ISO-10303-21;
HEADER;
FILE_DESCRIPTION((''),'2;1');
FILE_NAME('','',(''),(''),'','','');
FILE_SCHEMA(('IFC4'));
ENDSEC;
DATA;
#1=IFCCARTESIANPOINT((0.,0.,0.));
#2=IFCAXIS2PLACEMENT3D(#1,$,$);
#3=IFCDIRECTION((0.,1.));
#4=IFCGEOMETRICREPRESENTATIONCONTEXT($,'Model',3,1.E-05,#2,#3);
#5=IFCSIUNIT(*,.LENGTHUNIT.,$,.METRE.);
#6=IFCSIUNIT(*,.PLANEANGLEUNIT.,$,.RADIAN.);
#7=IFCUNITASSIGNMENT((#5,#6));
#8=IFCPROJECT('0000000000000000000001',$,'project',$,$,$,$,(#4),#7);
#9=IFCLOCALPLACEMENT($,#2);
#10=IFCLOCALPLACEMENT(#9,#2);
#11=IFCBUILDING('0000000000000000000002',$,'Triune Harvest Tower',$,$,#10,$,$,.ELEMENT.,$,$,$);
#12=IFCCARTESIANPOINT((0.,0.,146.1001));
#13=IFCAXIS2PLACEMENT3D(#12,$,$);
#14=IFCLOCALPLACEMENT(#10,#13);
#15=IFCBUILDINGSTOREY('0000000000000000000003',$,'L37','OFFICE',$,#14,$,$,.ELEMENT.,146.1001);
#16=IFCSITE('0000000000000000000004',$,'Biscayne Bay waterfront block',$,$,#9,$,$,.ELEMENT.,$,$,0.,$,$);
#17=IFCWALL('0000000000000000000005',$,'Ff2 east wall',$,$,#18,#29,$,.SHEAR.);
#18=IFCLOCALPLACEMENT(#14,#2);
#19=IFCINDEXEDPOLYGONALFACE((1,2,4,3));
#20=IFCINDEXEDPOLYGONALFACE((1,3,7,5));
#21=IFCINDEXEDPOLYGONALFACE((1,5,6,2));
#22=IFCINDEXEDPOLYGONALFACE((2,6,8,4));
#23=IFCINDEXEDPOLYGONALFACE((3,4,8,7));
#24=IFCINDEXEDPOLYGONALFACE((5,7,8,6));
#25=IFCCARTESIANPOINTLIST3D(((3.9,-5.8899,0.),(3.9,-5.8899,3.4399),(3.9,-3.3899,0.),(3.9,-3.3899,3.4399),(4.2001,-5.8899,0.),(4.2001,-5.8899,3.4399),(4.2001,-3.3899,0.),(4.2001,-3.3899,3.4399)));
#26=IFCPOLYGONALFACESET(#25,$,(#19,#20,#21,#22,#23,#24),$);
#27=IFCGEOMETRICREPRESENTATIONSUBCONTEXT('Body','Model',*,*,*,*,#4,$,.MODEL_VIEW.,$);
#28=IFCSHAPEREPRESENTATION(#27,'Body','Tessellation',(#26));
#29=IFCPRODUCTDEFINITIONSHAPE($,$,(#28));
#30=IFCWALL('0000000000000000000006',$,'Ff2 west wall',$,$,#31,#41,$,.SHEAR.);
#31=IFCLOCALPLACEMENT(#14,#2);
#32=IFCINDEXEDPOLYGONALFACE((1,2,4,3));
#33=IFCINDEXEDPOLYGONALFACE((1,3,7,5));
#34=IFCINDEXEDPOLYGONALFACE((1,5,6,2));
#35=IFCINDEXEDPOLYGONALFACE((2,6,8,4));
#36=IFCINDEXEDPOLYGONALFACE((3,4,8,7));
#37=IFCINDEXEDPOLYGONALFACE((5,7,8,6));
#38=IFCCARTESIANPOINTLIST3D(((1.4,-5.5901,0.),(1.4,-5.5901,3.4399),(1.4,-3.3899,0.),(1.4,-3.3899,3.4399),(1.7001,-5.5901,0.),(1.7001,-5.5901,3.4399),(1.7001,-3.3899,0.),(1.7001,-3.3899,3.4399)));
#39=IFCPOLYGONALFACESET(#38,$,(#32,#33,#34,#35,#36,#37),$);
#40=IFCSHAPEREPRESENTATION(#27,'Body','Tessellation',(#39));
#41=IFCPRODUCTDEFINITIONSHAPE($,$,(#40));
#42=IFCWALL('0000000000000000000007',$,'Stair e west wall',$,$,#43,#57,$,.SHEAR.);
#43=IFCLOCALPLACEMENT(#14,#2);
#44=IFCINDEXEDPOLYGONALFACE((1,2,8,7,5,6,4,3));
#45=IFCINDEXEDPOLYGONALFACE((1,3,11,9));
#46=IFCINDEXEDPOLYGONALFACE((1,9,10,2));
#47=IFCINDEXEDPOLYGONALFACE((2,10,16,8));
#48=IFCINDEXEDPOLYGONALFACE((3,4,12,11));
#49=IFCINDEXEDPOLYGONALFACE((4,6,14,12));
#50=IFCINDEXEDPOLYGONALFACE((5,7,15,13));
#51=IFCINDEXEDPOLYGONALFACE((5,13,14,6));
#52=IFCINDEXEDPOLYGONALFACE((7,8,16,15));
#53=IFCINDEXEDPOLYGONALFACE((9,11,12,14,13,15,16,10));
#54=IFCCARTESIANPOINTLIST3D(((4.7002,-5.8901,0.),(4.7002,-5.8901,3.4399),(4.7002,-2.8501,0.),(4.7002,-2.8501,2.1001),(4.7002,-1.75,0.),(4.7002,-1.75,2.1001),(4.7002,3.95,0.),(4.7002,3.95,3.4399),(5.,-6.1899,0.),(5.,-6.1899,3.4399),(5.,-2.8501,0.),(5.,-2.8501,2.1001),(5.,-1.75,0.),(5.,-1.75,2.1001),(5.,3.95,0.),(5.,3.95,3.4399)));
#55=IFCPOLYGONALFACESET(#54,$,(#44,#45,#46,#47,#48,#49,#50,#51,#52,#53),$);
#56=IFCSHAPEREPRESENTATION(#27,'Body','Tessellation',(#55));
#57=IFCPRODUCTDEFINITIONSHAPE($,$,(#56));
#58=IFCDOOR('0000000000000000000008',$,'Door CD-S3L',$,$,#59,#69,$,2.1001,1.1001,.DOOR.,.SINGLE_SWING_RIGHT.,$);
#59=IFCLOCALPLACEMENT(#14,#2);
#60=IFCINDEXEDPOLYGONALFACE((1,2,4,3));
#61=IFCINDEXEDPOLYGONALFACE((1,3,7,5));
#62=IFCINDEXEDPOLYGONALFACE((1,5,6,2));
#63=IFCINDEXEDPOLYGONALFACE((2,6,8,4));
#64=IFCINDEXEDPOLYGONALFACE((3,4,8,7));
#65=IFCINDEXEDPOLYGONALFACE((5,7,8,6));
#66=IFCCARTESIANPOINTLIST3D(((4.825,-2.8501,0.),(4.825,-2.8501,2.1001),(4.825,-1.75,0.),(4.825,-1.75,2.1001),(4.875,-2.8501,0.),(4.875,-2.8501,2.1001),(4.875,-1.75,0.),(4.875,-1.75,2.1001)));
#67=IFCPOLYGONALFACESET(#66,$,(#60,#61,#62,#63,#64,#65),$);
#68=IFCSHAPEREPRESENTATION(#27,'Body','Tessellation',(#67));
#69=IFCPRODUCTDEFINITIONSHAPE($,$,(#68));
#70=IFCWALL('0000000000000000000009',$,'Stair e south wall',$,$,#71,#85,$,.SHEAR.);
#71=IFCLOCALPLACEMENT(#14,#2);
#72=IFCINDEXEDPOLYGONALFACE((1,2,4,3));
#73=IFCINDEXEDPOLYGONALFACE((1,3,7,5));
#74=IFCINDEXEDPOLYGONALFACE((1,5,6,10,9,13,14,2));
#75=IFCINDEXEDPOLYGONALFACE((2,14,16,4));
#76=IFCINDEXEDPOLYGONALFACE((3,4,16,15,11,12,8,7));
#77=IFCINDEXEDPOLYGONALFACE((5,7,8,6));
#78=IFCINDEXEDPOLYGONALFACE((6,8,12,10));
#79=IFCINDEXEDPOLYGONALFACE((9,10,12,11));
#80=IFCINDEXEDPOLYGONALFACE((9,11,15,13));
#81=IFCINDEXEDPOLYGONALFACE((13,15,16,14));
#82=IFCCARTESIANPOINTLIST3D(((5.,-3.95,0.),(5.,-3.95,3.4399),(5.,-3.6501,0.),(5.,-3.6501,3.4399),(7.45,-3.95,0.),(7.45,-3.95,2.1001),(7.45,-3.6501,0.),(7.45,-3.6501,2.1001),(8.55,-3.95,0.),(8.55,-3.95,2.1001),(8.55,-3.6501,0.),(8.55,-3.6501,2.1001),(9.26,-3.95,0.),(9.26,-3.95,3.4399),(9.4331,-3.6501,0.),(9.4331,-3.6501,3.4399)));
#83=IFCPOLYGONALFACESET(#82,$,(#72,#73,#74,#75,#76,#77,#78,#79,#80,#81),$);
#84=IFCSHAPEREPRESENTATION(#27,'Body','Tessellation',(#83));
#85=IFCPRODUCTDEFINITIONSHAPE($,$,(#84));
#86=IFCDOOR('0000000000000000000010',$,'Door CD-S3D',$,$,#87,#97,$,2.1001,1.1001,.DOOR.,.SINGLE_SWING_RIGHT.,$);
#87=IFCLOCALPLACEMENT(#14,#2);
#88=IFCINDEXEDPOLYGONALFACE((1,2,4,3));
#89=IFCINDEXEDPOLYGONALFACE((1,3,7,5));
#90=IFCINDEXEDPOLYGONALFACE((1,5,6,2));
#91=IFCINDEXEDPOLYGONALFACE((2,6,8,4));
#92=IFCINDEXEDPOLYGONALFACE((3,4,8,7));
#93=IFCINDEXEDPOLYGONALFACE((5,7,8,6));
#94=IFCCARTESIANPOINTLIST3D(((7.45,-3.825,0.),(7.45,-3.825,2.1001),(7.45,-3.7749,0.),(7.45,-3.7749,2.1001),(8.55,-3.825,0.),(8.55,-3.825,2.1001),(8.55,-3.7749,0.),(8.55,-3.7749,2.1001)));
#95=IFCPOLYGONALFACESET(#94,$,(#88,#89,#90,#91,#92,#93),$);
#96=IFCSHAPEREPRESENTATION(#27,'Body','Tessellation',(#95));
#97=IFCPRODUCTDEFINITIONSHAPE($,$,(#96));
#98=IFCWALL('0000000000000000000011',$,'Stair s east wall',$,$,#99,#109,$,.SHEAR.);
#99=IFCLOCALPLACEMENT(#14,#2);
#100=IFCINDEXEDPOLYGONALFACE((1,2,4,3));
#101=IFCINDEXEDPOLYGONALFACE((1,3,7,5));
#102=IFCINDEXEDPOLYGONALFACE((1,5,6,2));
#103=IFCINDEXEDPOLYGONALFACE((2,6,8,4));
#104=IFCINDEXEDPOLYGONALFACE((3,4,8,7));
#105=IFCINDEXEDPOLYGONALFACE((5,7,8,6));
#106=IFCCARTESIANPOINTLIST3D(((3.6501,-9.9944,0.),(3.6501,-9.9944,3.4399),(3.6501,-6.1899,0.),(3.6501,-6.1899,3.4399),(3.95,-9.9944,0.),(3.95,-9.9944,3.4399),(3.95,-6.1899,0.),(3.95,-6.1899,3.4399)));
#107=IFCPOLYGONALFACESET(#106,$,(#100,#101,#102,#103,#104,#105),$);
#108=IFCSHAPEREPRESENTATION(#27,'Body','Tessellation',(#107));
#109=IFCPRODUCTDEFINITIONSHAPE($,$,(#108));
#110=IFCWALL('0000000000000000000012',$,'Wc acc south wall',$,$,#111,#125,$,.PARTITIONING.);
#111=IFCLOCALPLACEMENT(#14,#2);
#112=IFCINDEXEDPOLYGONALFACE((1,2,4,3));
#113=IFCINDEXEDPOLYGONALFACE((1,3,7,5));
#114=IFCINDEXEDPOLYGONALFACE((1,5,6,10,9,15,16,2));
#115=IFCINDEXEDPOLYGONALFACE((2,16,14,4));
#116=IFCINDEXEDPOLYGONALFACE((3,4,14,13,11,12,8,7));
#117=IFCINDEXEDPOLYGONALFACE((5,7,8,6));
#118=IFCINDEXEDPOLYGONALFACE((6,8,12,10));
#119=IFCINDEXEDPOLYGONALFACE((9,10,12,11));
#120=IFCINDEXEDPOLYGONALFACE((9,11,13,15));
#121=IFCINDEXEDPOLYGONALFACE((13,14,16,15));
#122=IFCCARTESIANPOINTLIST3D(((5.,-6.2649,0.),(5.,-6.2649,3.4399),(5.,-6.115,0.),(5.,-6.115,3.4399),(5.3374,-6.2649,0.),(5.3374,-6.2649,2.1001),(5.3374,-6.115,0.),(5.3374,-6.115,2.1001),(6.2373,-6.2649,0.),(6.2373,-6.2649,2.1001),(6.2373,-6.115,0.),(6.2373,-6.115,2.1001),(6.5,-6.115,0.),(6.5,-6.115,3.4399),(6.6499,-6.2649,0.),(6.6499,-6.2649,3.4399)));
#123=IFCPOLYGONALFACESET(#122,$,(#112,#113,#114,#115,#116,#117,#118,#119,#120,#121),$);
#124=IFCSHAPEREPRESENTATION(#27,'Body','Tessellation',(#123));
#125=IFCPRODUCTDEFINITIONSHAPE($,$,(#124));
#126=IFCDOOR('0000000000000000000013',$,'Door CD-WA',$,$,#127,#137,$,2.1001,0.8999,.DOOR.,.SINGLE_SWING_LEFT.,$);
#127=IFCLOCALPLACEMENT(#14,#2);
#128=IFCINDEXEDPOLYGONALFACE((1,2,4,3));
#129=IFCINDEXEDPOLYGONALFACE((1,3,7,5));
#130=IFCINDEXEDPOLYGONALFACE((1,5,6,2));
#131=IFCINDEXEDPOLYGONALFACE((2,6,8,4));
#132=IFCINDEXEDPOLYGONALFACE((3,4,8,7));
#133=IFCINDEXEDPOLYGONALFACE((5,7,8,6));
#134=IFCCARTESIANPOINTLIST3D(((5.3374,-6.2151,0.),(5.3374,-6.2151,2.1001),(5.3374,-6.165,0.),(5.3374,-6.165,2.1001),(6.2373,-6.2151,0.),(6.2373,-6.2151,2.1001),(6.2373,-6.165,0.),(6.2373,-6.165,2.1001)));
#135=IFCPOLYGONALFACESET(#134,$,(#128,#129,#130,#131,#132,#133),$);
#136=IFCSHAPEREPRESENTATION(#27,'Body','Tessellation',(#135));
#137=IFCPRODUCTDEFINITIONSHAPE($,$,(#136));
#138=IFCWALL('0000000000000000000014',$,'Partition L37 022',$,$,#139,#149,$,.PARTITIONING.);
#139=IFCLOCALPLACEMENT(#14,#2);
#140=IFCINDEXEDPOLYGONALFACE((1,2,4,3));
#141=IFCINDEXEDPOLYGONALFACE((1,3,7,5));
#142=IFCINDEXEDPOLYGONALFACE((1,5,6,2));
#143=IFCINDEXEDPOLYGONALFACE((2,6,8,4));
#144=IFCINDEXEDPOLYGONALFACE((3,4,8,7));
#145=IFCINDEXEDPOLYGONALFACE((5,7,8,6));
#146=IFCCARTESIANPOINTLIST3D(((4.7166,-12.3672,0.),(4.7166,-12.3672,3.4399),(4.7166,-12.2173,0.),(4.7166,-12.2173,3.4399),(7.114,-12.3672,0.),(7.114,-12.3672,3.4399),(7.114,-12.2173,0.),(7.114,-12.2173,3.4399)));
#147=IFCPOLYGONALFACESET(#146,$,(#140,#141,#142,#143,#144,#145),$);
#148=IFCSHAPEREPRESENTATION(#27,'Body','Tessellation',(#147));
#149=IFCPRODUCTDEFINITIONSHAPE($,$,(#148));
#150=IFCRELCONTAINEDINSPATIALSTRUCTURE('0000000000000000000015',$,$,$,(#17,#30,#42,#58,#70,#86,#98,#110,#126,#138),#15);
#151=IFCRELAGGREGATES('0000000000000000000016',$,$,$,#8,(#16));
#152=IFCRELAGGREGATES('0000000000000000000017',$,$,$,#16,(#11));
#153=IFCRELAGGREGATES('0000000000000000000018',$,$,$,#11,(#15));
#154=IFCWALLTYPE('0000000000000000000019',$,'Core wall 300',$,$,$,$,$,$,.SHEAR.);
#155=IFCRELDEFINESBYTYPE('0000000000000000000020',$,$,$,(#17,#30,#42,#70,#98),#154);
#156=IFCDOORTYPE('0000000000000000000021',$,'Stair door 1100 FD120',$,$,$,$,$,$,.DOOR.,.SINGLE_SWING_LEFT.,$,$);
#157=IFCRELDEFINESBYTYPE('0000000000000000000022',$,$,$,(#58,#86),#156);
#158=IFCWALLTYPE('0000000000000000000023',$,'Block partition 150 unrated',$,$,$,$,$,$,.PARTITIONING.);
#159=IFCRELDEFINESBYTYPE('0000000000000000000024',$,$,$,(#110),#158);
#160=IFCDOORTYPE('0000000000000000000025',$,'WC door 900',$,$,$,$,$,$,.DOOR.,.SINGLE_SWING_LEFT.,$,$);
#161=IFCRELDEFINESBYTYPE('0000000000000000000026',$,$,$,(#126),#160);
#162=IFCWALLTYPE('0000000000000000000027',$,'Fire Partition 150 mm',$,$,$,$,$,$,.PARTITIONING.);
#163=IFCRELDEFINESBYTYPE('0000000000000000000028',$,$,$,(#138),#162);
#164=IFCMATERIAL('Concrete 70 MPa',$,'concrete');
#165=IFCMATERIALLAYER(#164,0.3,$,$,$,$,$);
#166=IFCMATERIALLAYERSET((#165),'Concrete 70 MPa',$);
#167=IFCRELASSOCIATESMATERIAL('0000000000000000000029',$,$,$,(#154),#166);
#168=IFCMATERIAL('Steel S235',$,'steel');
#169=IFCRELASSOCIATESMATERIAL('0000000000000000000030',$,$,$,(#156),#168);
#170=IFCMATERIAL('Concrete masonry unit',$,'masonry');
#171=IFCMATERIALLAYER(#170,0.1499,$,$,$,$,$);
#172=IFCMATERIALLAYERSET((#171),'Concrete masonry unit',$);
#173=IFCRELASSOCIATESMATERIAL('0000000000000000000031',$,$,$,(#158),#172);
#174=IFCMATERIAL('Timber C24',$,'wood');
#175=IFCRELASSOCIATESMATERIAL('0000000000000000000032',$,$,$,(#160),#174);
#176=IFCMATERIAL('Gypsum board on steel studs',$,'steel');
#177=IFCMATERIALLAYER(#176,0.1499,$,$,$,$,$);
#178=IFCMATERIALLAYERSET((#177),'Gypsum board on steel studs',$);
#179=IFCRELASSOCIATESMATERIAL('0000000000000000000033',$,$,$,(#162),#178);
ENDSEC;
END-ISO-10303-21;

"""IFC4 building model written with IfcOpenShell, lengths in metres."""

from ifc_helpers import new_model, si_unit, direction, frame, frame_2d, origin, place, context, subcontext, project, spatial, polyline, rectangle, outline, extrude, source, transform, mapped, material, layer, layer_set, type_object, element, fill, save


model = new_model("IFC4")

# Units and contexts
model_context = context("Model", 3, precision=1e-05, world=origin(), true_north=direction((0.0, 1.0)))
body_context = subcontext(model_context, "Body", "Model", "MODEL_VIEW")
ifc_project = project(units=[si_unit("LENGTHUNIT", "METRE"), si_unit("PLANEANGLEUNIT", "RADIAN")], contexts=[model_context])

# Site, building, storey
site_placement = place(None, origin())
site = spatial("IfcSite", under=ifc_project, at=site_placement, Name="Biscayne Bay waterfront block", CompositionType="ELEMENT", RefElevation=0.0)
building_placement = place(site_placement, origin())
building = spatial("IfcBuilding", under=site, at=building_placement, Name="Triune Harvest Tower", CompositionType="ELEMENT")
storey_placement = place(building_placement, frame((0.0, 0.0, 146.1001)))
storey = spatial("IfcBuildingStorey", under=building, at=storey_placement, Name="L37", Description="OFFICE", CompositionType="ELEMENT", Elevation=146.1001)

# Walls
ifc_material_1 = material(Name="Concrete 70 MPa", Category="concrete")
ifc_layer_1 = layer(ifc_material_1, 0.3)
ifc_layer_set_1 = layer_set([ifc_layer_1], Name="Concrete 70 MPa")
wall_type_1 = type_object("IfcWallType", Name="Core wall 300", PredefinedType="SHEAR", material=ifc_layer_set_1)
shared_shape_1 = source(origin(), body_context, "Body", "SweptSolid", [
    extrude(rectangle(XDim=2.5, YDim=0.3, at=frame_2d((1.25, 0.0))), origin(), (0.0, 0.0, 1.0), 3.4399),
])
wall_1_placement = place(storey_placement, frame((4.05, -5.8899, 0.0), z_axis=(0.0, 0.0, 1.0), x_axis=(0.0, 1.0, 0.0)))
element("IfcWall", 1, at=wall_1_placement, inside=storey, type_object=wall_type_1, Name="Ff2 east wall", PredefinedType="SHEAR", context=body_context, shape_type="MappedRepresentation", body=[
    mapped(shared_shape_1, transform((0.0, 0.0, 0.0), scale=1.0)),
])
shared_shape_2 = source(origin(), body_context, "Body", "SweptSolid", [
    extrude(rectangle(XDim=2.2002, YDim=0.3, at=frame_2d((1.1001, 0.0))), origin(), (0.0, 0.0, 1.0), 3.4399),
])
wall_2_placement = place(storey_placement, frame((1.55, -5.5901, 0.0), z_axis=(0.0, 0.0, 1.0), x_axis=(0.0, 1.0, 0.0)))
element("IfcWall", 2, at=wall_2_placement, inside=storey, type_object=wall_type_1, Name="Ff2 west wall", PredefinedType="SHEAR", context=body_context, shape_type="MappedRepresentation", body=[
    mapped(shared_shape_2, transform((0.0, 0.0, 0.0), scale=1.0)),
])

# Walls, openings, doors
shared_shape_3 = source(origin(), body_context, "Body", "SweptSolid", [
    extrude(outline(polyline([(-0.1499, -0.1499), (9.99, -0.1499), (9.99, 0.1499), (0.1499, 0.1499), (-0.1499, -0.1499)])), origin(), (0.0, 0.0, 1.0), 3.4399),
])
wall_3_placement = place(storey_placement, frame((4.8501, -6.04, 0.0), z_axis=(0.0, 0.0, 1.0), x_axis=(0.0, 1.0, 0.0)))
wall_3 = element("IfcWall", 3, at=wall_3_placement, inside=storey, type_object=wall_type_1, Name="Stair e west wall", PredefinedType="SHEAR", context=body_context, shape_type="MappedRepresentation", body=[
    mapped(shared_shape_3, transform((0.0, 0.0, 0.0), scale=1.0)),
])
opening_1_placement = place(wall_3_placement, frame((3.1899, 0.0, 0.0)))
opening_1 = element("IfcOpeningElement", 4, at=opening_1_placement, cuts=wall_3, PredefinedType="OPENING", context=body_context, shape_type="SweptSolid", body=[
    extrude(rectangle(XDim=1.1001, YDim=2.1001, at=frame_2d((0.55, 1.05))), frame((0.0, 0.1602, 0.0), z_axis=(0.0, -1.0, 0.0), x_axis=(1.0, 0.0, 0.0)), (0.0, 0.0, 1.0), 0.3201),
])
ifc_material_2 = material(Name="Steel S235", Category="steel")
door_type_1 = type_object("IfcDoorType", Name="Stair door 1100 FD120", OperationType="SINGLE_SWING_LEFT", PredefinedType="DOOR", material=ifc_material_2)
door_1_placement = place(opening_1_placement, frame((1.1001, 0.0, 0.0), z_axis=(0.0, 0.0, 1.0), x_axis=(-1.0, 0.0, 0.0)))
door_1 = element("IfcDoor", 5, at=door_1_placement, inside=storey, type_object=door_type_1, Name="Door CD-S3L", OperationType="SINGLE_SWING_RIGHT", OverallHeight=2.1001, OverallWidth=1.1001, PredefinedType="DOOR", context=body_context, shape_type="SweptSolid", body=[
    extrude(rectangle(XDim=1.1001, YDim=2.1001, at=frame_2d((0.55, 1.05))), frame((0.0, 0.0249, 0.0), z_axis=(0.0, -1.0, 0.0), x_axis=(1.0, 0.0, 0.0)), (0.0, 0.0, 1.0), 0.05),
])
fill(opening_1, door_1)
shared_shape_4 = source(origin(), body_context, "Body", "SweptSolid", [
    extrude(outline(polyline([(0.0, -0.1499), (0.0, 0.1499), (4.4331, 0.1499), (4.26, -0.1499), (0.0, -0.1499)])), origin(), (0.0, 0.0, 1.0), 3.4399),
])
wall_4_placement = place(storey_placement, frame((5.0, -3.8, 0.0), z_axis=(0.0, 0.0, 1.0), x_axis=(1.0, 0.0, 0.0)))
wall_4 = element("IfcWall", 6, at=wall_4_placement, inside=storey, type_object=wall_type_1, Name="Stair e south wall", PredefinedType="SHEAR", context=body_context, shape_type="MappedRepresentation", body=[
    mapped(shared_shape_4, transform((0.0, 0.0, 0.0), scale=1.0)),
])
opening_2_placement = place(wall_4_placement, frame((2.45, 0.0, 0.0)))
opening_2 = element("IfcOpeningElement", 7, at=opening_2_placement, cuts=wall_4, PredefinedType="OPENING", context=body_context, shape_type="SweptSolid", body=[
    extrude(rectangle(XDim=1.1001, YDim=2.1001, at=frame_2d((0.55, 1.05))), frame((0.0, 0.1602, 0.0), z_axis=(0.0, -1.0, 0.0), x_axis=(1.0, 0.0, 0.0)), (0.0, 0.0, 1.0), 0.3201),
])
door_2_placement = place(opening_2_placement, frame((1.1001, 0.0, 0.0), z_axis=(0.0, 0.0, 1.0), x_axis=(-1.0, 0.0, 0.0)))
door_2 = element("IfcDoor", 8, at=door_2_placement, inside=storey, type_object=door_type_1, Name="Door CD-S3D", OperationType="SINGLE_SWING_RIGHT", OverallHeight=2.1001, OverallWidth=1.1001, PredefinedType="DOOR", context=body_context, shape_type="SweptSolid", body=[
    extrude(rectangle(XDim=1.1001, YDim=2.1001, at=frame_2d((0.55, 1.05))), frame((0.0, 0.0249, 0.0), z_axis=(0.0, -1.0, 0.0), x_axis=(1.0, 0.0, 0.0)), (0.0, 0.0, 1.0), 0.05),
])
fill(opening_2, door_2)

# Wall
shared_shape_5 = source(origin(), body_context, "Body", "SweptSolid", [
    extrude(outline(polyline([(3.8, -0.1499), (-0.0044, -0.1499), (-0.0044, 0.1499), (3.8, 0.1499), (3.8, -0.1499)])), origin(), (0.0, 0.0, 1.0), 3.4399),
])
wall_5_placement = place(storey_placement, frame((3.8, -9.99, 0.0), z_axis=(0.0, 0.0, 1.0), x_axis=(0.0, 1.0, 0.0)))
element("IfcWall", 9, at=wall_5_placement, inside=storey, type_object=wall_type_1, Name="Stair s east wall", PredefinedType="SHEAR", context=body_context, shape_type="MappedRepresentation", body=[
    mapped(shared_shape_5, transform((0.0, 0.0, 0.0), scale=1.0)),
])

# Wall, opening, door
ifc_material_3 = material(Name="Concrete masonry unit", Category="masonry")
ifc_layer_2 = layer(ifc_material_3, 0.1499)
ifc_layer_set_2 = layer_set([ifc_layer_2], Name="Concrete masonry unit")
wall_type_2 = type_object("IfcWallType", Name="Block partition 150 unrated", PredefinedType="PARTITIONING", material=ifc_layer_set_2)
shared_shape_6 = source(origin(), body_context, "Body", "SweptSolid", [
    extrude(outline(polyline([(0.0, -0.075), (1.6499, -0.075), (1.5, 0.075), (0.0, 0.075), (0.0, -0.075)])), origin(), (0.0, 0.0, 1.0), 3.4399),
])
wall_6_placement = place(storey_placement, frame((5.0, -6.1899, 0.0), z_axis=(0.0, 0.0, 1.0), x_axis=(1.0, 0.0, 0.0)))
wall_6 = element("IfcWall", 10, at=wall_6_placement, inside=storey, type_object=wall_type_2, Name="Wc acc south wall", PredefinedType="PARTITIONING", context=body_context, shape_type="MappedRepresentation", body=[
    mapped(shared_shape_6, transform((0.0, 0.0, 0.0), scale=1.0)),
])
opening_3_placement = place(wall_6_placement, frame((0.3374, 0.0, 0.0)))
opening_3 = element("IfcOpeningElement", 11, at=opening_3_placement, cuts=wall_6, PredefinedType="OPENING", context=body_context, shape_type="SweptSolid", body=[
    extrude(rectangle(XDim=0.8999, YDim=2.1001, at=frame_2d((0.45, 1.05))), frame((0.0, 0.085, 0.0), z_axis=(0.0, -1.0, 0.0), x_axis=(1.0, 0.0, 0.0)), (0.0, 0.0, 1.0), 0.1699),
])
ifc_material_4 = material(Name="Timber C24", Category="wood")
door_type_2 = type_object("IfcDoorType", Name="WC door 900", OperationType="SINGLE_SWING_LEFT", PredefinedType="DOOR", material=ifc_material_4)
door_3_placement = place(opening_3_placement, origin())
door_3 = element("IfcDoor", 12, at=door_3_placement, inside=storey, type_object=door_type_2, Name="Door CD-WA", OperationType="SINGLE_SWING_LEFT", OverallHeight=2.1001, OverallWidth=0.8999, PredefinedType="DOOR", context=body_context, shape_type="SweptSolid", body=[
    extrude(rectangle(XDim=0.8999, YDim=2.1001, at=frame_2d((0.45, 1.05))), frame((0.0, 0.0249, 0.0), z_axis=(0.0, -1.0, 0.0), x_axis=(1.0, 0.0, 0.0)), (0.0, 0.0, 1.0), 0.05),
])
fill(opening_3, door_3)

# Wall
ifc_material_5 = material(Name="Gypsum board on steel studs", Category="steel")
ifc_layer_3 = layer(ifc_material_5, 0.1499)
ifc_layer_set_3 = layer_set([ifc_layer_3], Name="Gypsum board on steel studs")
wall_type_3 = type_object("IfcWallType", Name="Fire Partition 150 mm", PredefinedType="PARTITIONING", material=ifc_layer_set_3)
shared_shape_7 = source(origin(), body_context, "Body", "SweptSolid", [
    extrude(rectangle(XDim=2.3975, YDim=0.1499, at=frame_2d((1.1987, 0.0))), origin(), (0.0, 0.0, 1.0), 3.4399),
])
wall_7_placement = place(storey_placement, frame((4.7166, -12.2922, 0.0), z_axis=(0.0, 0.0, 1.0), x_axis=(1.0, 0.0, 0.0)))
element("IfcWall", 13, at=wall_7_placement, inside=storey, type_object=wall_type_3, Name="Partition L37 022", PredefinedType="PARTITIONING", context=body_context, shape_type="MappedRepresentation", body=[
    mapped(shared_shape_7, transform((0.0, 0.0, 0.0), scale=1.0)),
])

save(model, "model.ifc")
